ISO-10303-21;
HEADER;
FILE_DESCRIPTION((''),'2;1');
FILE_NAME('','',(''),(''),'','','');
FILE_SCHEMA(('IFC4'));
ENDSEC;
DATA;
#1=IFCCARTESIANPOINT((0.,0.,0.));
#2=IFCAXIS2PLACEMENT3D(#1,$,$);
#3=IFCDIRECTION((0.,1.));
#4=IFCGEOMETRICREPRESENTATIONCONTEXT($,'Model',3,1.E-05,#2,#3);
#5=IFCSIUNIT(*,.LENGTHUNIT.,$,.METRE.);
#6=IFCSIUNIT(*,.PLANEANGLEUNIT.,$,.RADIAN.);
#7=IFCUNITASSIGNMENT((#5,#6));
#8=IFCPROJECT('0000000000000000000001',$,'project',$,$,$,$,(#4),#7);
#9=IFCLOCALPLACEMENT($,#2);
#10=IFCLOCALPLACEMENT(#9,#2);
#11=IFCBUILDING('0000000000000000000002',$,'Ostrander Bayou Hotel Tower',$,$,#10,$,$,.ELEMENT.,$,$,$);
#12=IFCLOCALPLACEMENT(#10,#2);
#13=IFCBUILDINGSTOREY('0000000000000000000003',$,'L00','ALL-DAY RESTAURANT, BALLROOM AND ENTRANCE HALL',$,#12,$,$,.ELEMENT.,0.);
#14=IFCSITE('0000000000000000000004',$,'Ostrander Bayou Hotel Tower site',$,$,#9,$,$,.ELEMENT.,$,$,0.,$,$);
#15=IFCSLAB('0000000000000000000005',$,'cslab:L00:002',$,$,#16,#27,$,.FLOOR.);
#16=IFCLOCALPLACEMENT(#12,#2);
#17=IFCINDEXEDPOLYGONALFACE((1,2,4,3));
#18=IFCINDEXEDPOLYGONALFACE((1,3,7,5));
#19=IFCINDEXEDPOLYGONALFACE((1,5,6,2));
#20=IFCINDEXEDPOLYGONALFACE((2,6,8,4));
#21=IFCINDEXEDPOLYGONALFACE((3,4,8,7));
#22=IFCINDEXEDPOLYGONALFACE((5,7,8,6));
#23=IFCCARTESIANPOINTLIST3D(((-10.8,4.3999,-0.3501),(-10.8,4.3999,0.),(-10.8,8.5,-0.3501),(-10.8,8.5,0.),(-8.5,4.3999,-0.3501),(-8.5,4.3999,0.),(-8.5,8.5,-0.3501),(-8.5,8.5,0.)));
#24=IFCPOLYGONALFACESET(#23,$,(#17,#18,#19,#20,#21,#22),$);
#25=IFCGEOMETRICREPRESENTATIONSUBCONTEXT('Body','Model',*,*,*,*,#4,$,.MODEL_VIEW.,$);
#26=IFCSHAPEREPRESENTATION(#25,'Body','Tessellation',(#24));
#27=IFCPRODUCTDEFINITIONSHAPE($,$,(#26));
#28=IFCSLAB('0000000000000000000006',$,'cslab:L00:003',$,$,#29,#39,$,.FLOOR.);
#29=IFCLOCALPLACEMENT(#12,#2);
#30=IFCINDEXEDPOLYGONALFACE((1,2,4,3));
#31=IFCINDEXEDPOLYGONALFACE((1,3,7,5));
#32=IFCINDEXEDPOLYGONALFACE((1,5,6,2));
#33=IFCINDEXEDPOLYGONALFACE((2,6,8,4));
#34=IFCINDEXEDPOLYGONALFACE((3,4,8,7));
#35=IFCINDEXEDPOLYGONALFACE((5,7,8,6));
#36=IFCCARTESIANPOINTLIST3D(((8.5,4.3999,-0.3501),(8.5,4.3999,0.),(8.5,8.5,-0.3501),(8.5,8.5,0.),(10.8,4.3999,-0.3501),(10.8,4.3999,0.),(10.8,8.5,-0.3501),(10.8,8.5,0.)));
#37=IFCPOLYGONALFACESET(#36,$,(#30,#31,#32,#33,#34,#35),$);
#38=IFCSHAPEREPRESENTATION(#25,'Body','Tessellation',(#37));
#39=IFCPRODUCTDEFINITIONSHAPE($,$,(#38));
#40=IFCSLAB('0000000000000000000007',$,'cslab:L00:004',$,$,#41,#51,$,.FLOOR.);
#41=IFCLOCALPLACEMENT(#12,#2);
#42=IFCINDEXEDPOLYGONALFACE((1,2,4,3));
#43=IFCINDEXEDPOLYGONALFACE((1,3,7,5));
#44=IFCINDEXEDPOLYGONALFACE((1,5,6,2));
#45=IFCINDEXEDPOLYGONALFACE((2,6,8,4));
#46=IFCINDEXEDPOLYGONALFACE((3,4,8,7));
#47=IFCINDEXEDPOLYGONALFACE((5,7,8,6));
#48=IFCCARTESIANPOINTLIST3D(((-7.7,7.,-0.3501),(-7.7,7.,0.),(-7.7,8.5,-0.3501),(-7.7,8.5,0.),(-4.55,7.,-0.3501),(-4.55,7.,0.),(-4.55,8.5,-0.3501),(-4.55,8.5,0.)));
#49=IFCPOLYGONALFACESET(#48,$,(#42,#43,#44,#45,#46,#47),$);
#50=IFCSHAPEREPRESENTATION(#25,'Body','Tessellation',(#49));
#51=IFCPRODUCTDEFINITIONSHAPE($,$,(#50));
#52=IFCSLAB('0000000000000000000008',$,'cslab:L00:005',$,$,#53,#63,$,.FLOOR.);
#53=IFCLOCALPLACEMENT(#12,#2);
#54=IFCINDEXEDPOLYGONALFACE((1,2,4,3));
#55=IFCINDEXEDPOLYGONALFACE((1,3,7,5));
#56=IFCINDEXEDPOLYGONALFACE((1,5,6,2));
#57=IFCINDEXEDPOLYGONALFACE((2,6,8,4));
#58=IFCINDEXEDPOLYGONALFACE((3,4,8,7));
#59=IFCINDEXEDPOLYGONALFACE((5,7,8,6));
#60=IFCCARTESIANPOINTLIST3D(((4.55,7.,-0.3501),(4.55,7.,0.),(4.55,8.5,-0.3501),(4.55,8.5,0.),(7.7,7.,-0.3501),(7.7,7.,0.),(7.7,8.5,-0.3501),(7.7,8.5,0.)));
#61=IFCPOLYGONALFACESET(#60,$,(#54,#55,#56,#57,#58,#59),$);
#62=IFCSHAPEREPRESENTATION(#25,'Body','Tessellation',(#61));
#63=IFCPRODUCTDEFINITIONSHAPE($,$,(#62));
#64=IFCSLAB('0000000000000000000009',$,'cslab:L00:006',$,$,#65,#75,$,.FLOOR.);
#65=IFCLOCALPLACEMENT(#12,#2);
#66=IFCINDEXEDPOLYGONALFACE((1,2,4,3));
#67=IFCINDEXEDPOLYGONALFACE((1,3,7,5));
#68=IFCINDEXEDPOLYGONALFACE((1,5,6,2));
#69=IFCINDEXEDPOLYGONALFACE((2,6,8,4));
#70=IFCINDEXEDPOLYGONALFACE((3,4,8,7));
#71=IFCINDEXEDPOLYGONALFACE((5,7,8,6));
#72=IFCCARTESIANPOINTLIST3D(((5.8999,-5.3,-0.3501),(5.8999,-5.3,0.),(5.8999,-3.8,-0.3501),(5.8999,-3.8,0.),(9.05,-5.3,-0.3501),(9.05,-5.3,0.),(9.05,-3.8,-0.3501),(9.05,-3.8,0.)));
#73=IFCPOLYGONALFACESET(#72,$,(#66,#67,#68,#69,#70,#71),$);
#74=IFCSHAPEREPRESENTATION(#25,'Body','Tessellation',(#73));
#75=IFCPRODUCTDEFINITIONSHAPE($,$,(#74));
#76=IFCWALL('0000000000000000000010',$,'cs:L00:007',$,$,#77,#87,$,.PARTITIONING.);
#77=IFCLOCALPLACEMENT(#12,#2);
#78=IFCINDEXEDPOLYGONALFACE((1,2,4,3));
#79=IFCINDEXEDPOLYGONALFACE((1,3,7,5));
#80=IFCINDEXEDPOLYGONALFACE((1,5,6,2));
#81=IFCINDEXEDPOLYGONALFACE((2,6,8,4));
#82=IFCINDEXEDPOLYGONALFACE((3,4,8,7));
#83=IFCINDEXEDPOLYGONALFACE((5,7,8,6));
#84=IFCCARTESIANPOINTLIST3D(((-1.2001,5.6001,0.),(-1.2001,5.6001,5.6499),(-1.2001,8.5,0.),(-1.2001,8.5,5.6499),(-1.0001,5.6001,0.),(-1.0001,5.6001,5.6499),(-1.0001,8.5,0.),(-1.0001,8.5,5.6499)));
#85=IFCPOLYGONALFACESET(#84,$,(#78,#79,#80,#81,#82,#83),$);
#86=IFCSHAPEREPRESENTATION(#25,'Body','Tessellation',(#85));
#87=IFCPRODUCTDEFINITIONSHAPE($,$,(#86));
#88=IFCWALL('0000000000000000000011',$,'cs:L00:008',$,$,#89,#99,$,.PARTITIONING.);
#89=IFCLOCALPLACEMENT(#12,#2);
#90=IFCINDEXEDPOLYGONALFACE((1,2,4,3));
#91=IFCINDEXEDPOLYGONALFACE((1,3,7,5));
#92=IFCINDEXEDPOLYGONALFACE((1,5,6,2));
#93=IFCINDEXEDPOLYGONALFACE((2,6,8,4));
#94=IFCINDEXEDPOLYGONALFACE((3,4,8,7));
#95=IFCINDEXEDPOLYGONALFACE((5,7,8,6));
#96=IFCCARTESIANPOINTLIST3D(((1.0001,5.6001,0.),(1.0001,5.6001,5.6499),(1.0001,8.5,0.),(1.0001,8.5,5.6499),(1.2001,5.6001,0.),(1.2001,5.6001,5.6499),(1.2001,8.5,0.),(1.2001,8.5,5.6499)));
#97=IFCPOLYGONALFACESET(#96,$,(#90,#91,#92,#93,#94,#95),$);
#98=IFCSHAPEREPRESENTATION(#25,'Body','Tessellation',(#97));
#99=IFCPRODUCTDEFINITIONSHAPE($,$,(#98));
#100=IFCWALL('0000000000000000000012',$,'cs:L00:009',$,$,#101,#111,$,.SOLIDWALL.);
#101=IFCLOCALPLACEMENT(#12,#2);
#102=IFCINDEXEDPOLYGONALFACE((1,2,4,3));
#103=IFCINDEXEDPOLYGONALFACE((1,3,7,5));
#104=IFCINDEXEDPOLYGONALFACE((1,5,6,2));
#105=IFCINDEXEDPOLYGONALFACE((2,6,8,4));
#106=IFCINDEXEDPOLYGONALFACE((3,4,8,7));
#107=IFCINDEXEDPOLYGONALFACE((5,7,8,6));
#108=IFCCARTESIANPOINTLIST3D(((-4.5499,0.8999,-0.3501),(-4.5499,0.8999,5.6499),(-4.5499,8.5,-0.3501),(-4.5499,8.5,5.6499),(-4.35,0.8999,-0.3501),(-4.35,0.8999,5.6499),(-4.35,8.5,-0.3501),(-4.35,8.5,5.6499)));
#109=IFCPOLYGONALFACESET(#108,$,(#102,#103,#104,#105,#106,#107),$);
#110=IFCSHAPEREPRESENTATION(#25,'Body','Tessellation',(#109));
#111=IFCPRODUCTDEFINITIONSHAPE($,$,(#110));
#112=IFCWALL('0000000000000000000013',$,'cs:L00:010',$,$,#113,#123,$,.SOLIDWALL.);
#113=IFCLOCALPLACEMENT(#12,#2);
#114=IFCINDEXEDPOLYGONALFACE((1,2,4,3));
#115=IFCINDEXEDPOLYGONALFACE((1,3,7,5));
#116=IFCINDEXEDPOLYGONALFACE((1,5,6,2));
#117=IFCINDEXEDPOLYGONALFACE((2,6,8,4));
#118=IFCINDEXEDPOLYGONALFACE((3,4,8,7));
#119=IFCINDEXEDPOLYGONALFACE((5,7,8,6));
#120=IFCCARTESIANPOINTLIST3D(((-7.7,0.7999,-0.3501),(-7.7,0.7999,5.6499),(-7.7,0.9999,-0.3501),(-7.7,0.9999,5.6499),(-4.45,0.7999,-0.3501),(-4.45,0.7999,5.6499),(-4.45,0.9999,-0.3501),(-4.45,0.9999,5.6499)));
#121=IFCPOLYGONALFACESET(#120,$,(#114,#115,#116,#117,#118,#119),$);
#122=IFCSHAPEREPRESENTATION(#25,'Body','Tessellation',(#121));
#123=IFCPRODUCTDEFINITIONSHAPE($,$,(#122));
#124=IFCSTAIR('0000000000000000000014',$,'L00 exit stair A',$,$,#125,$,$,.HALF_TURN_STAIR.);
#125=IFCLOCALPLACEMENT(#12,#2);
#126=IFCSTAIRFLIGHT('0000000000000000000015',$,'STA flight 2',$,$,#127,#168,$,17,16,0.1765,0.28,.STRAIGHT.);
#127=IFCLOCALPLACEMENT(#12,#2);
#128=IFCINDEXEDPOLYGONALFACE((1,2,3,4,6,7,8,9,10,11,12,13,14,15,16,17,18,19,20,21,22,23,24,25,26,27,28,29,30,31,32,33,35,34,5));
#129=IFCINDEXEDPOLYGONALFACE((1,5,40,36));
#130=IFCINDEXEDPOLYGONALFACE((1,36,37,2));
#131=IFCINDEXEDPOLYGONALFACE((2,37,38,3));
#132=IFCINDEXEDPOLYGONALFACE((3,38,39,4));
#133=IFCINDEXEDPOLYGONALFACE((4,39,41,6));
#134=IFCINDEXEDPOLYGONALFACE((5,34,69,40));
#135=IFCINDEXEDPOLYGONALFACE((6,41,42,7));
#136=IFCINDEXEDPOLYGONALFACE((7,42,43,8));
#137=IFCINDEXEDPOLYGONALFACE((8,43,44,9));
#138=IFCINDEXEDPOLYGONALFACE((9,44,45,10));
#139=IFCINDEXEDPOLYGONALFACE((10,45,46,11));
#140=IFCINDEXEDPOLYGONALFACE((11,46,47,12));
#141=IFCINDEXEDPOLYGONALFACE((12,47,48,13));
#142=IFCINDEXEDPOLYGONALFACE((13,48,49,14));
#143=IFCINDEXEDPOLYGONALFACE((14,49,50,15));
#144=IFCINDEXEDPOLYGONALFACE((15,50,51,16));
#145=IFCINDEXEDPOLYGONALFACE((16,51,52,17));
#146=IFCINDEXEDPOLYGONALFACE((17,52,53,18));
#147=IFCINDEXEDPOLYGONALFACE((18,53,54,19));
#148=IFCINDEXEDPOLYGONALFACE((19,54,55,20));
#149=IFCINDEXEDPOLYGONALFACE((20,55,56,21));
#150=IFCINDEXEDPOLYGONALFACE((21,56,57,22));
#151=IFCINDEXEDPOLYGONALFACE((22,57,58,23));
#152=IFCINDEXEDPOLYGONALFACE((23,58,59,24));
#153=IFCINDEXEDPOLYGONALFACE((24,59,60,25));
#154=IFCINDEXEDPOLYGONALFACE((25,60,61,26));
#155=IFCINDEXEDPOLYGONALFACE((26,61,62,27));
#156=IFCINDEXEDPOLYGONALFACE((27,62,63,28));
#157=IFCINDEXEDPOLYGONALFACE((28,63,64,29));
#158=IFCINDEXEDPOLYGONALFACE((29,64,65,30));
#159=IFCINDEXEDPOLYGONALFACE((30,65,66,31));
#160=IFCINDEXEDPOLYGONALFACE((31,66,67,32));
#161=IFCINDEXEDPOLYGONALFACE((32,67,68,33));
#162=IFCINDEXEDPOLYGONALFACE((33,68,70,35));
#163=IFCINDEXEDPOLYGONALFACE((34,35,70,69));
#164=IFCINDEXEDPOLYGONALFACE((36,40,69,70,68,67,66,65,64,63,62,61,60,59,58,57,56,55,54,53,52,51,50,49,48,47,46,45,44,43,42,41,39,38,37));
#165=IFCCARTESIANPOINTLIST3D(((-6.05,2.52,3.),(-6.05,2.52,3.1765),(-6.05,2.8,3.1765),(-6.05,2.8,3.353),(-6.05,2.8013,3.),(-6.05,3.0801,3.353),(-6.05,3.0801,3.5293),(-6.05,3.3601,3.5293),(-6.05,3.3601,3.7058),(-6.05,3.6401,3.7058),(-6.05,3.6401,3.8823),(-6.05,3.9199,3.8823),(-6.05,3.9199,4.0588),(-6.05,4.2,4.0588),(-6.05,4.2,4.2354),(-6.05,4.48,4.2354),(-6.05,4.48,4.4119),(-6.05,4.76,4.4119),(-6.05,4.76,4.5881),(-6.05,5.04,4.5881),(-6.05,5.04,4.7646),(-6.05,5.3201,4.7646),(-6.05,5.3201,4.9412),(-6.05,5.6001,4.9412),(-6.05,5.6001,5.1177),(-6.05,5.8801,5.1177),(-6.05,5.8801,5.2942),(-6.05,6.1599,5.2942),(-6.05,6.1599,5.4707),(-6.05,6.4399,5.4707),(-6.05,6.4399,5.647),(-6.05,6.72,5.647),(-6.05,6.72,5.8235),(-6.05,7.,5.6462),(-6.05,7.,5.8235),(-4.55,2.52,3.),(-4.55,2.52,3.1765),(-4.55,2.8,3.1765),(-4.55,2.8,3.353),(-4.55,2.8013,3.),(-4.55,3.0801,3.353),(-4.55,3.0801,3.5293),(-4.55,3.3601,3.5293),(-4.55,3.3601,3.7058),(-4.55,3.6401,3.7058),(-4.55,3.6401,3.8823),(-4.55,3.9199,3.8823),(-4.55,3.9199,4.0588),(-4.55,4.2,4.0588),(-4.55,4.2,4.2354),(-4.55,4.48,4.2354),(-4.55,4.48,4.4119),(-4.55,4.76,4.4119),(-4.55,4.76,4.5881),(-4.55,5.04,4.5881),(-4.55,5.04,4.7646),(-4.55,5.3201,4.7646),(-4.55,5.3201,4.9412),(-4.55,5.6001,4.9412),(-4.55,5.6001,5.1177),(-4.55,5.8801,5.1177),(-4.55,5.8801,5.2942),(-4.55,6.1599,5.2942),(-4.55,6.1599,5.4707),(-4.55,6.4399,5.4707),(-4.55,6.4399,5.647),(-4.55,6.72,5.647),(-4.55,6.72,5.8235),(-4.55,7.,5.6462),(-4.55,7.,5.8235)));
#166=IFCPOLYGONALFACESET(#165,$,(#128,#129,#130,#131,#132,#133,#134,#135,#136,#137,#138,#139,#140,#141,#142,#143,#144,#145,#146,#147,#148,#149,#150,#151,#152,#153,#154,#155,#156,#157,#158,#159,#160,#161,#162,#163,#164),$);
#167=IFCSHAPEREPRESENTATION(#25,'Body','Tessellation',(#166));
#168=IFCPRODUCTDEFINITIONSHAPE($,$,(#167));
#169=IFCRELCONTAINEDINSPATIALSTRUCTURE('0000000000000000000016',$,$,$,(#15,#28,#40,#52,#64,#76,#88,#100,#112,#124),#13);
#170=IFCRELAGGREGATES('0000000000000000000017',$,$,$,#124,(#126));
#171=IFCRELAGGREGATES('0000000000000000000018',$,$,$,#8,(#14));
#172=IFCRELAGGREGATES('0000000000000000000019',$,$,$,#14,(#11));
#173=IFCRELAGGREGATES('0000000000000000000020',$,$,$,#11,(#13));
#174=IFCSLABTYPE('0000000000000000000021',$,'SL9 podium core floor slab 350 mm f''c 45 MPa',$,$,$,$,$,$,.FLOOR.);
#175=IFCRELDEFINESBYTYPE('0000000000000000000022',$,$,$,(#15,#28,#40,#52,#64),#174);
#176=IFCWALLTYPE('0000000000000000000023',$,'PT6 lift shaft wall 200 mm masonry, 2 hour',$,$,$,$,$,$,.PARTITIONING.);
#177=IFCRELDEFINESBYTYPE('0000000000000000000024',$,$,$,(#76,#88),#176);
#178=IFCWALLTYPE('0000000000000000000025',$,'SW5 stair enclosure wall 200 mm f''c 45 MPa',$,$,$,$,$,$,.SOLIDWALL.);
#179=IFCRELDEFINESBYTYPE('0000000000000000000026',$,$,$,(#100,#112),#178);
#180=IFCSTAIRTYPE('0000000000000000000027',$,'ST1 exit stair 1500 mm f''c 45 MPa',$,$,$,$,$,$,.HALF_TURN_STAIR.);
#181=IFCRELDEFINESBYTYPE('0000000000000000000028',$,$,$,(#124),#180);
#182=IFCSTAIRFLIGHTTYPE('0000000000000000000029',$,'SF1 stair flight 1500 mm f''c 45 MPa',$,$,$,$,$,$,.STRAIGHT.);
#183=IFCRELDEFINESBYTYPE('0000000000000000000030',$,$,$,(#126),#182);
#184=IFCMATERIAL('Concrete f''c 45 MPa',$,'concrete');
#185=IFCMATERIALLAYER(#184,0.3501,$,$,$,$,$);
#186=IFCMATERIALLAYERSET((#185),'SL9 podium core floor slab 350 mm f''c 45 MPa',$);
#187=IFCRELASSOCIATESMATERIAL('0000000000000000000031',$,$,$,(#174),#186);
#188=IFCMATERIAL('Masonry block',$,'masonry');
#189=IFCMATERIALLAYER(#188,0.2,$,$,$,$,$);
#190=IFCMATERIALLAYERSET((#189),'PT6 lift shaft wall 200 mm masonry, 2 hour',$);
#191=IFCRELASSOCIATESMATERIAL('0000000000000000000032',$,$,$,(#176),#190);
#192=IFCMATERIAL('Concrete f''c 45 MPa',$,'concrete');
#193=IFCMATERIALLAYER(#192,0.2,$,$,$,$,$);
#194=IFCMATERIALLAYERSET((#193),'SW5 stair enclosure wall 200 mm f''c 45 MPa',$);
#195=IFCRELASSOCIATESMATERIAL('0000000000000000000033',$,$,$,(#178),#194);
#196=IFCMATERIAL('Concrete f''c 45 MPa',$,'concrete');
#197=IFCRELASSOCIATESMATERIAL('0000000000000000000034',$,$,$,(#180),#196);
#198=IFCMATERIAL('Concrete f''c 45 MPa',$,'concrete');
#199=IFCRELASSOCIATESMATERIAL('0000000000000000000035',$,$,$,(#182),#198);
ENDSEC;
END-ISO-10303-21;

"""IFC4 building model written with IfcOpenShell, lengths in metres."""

from ifc_helpers import new_model, si_unit, direction, frame, frame_2d, origin, place, context, subcontext, project, spatial, polyline, rectangle, outline, extrude, material, layer, layer_set, type_object, element, aggregate, save


model = new_model("IFC4")

# Units and contexts
model_context = context("Model", 3, precision=1e-05, world=origin(), true_north=direction((0.0, 1.0)))
body_context = subcontext(model_context, "Body", "Model", "MODEL_VIEW")
ifc_project = project(units=[si_unit("LENGTHUNIT", "METRE"), si_unit("PLANEANGLEUNIT", "RADIAN")], contexts=[model_context])

# Site, building, storey
site_placement = place(None, origin())
site = spatial("IfcSite", under=ifc_project, at=site_placement, Name="Ostrander Bayou Hotel Tower site", CompositionType="ELEMENT", RefElevation=0.0)
building_placement = place(site_placement, origin())
building = spatial("IfcBuilding", under=site, at=building_placement, Name="Ostrander Bayou Hotel Tower", CompositionType="ELEMENT")
storey_placement = place(building_placement, origin())
storey = spatial("IfcBuildingStorey", under=building, at=storey_placement, Name="L00", Description="ALL-DAY RESTAURANT, BALLROOM AND ENTRANCE HALL", CompositionType="ELEMENT", Elevation=0.0)

# Slabs
ifc_material_1 = material(Name="Concrete f'c 45 MPa", Category="concrete")
ifc_layer_1 = layer(ifc_material_1, 0.3501)
ifc_layer_set_1 = layer_set([ifc_layer_1], Name="SL9 podium core floor slab 350 mm f'c 45 MPa")
slab_type = type_object("IfcSlabType", Name="SL9 podium core floor slab 350 mm f'c 45 MPa", PredefinedType="FLOOR", material=ifc_layer_set_1)
slab_1_placement = place(storey_placement, frame((0.0, 0.0, -0.3501)))
element("IfcSlab", 1, at=slab_1_placement, inside=storey, type_object=slab_type, Name="cslab:L00:002", PredefinedType="FLOOR", context=body_context, shape_type="SweptSolid", body=[
    extrude(outline(polyline([(-8.5, 4.3999), (-8.5, 8.5), (-10.8, 8.5), (-10.8, 4.3999), (-8.5, 4.3999)])), origin(), (0.0, 0.0, 1.0), 0.3501),
])
slab_2_placement = place(storey_placement, frame((0.0, 0.0, -0.3501)))
element("IfcSlab", 2, at=slab_2_placement, inside=storey, type_object=slab_type, Name="cslab:L00:003", PredefinedType="FLOOR", context=body_context, shape_type="SweptSolid", body=[
    extrude(outline(polyline([(10.8, 4.3999), (10.8, 8.5), (8.5, 8.5), (8.5, 4.3999), (10.8, 4.3999)])), origin(), (0.0, 0.0, 1.0), 0.3501),
])
slab_3_placement = place(storey_placement, frame((0.0, 0.0, -0.3501)))
element("IfcSlab", 3, at=slab_3_placement, inside=storey, type_object=slab_type, Name="cslab:L00:004", PredefinedType="FLOOR", context=body_context, shape_type="SweptSolid", body=[
    extrude(outline(polyline([(-4.55, 7.0), (-4.55, 8.5), (-7.7, 8.5), (-7.7, 7.0), (-4.55, 7.0)])), origin(), (0.0, 0.0, 1.0), 0.3501),
])
slab_4_placement = place(storey_placement, frame((0.0, 0.0, -0.3501)))
element("IfcSlab", 4, at=slab_4_placement, inside=storey, type_object=slab_type, Name="cslab:L00:005", PredefinedType="FLOOR", context=body_context, shape_type="SweptSolid", body=[
    extrude(outline(polyline([(7.7, 7.0), (7.7, 8.5), (4.55, 8.5), (4.55, 7.0), (7.7, 7.0)])), origin(), (0.0, 0.0, 1.0), 0.3501),
])
slab_5_placement = place(storey_placement, frame((0.0, 0.0, -0.3501)))
element("IfcSlab", 5, at=slab_5_placement, inside=storey, type_object=slab_type, Name="cslab:L00:006", PredefinedType="FLOOR", context=body_context, shape_type="SweptSolid", body=[
    extrude(outline(polyline([(9.05, -5.3), (9.05, -3.8), (5.8999, -3.8), (5.8999, -5.3), (9.05, -5.3)])), origin(), (0.0, 0.0, 1.0), 0.3501),
])

# Shared definitions
ifc_material_2 = material(Name="Masonry block", Category="masonry")
ifc_layer_2 = layer(ifc_material_2, 0.2)
ifc_layer_set_2 = layer_set([ifc_layer_2], Name="PT6 lift shaft wall 200 mm masonry, 2 hour")
wall_type_1 = type_object("IfcWallType", Name="PT6 lift shaft wall 200 mm masonry, 2 hour", PredefinedType="PARTITIONING", material=ifc_layer_set_2)

# Walls
for number, where, z_axis, x_axis, name in (
    (6, (-1.1001, 5.6001, 0.0), (0.0, 0.0, 1.0), (0.0, 1.0, 0.0), "cs:L00:007"),
    (7, (1.1001, 5.6001, 0.0), (0.0, 0.0, 1.0), (0.0, 1.0, 0.0), "cs:L00:008"),
):
    element("IfcWall", number, at=place(storey_placement, frame(where, z_axis=z_axis, x_axis=x_axis)), inside=storey, type_object=wall_type_1, Name=name, PredefinedType="PARTITIONING", context=body_context, shape_type="SweptSolid", body=[
        extrude(rectangle(XDim=2.8999, YDim=0.2, at=frame_2d((1.45, 0.0))), origin(), (0.0, 0.0, 1.0), 5.6499),
    ])
ifc_material_3 = material(Name="Concrete f'c 45 MPa", Category="concrete")
ifc_layer_3 = layer(ifc_material_3, 0.2)
ifc_layer_set_3 = layer_set([ifc_layer_3], Name="SW5 stair enclosure wall 200 mm f'c 45 MPa")
wall_type_2 = type_object("IfcWallType", Name="SW5 stair enclosure wall 200 mm f'c 45 MPa", PredefinedType="SOLIDWALL", material=ifc_layer_set_3)
wall_1_placement = place(storey_placement, frame((-4.45, 0.8999, -0.3501), z_axis=(0.0, 0.0, 1.0), x_axis=(0.0, 1.0, 0.0)))
element("IfcWall", 8, at=wall_1_placement, inside=storey, type_object=wall_type_2, Name="cs:L00:009", PredefinedType="SOLIDWALL", context=body_context, shape_type="SweptSolid", body=[
    extrude(rectangle(XDim=7.6001, YDim=0.2, at=frame_2d((3.8, 0.0))), origin(), (0.0, 0.0, 1.0), 6.0),
])
wall_2_placement = place(storey_placement, frame((-7.7, 0.8999, -0.3501), z_axis=(0.0, 0.0, 1.0), x_axis=(1.0, 0.0, 0.0)))
element("IfcWall", 9, at=wall_2_placement, inside=storey, type_object=wall_type_2, Name="cs:L00:010", PredefinedType="SOLIDWALL", context=body_context, shape_type="SweptSolid", body=[
    extrude(rectangle(XDim=3.25, YDim=0.2, at=frame_2d((1.625, 0.0))), origin(), (0.0, 0.0, 1.0), 6.0),
])

# Stair, stair flight
ifc_material_4 = material(Name="Concrete f'c 45 MPa", Category="concrete")
stair_type = type_object("IfcStairType", Name="ST1 exit stair 1500 mm f'c 45 MPa", PredefinedType="HALF_TURN_STAIR", material=ifc_material_4)
stair_placement = place(storey_placement, origin())
stair = element("IfcStair", 10, at=stair_placement, inside=storey, type_object=stair_type, Name="L00 exit stair A", PredefinedType="HALF_TURN_STAIR")
ifc_material_5 = material(Name="Concrete f'c 45 MPa", Category="concrete")
stair_flight_type = type_object("IfcStairFlightType", Name="SF1 stair flight 1500 mm f'c 45 MPa", PredefinedType="STRAIGHT", material=ifc_material_5)
stair_flight_placement = place(storey_placement, frame((-5.3, 2.52, 3.0), z_axis=(0.0, 0.0, 1.0), x_axis=(0.0, 1.0, 0.0)))
stair_flight = element("IfcStairFlight", 11, at=stair_flight_placement, type_object=stair_flight_type, Name="STA flight 2", NumberOfRisers=17, NumberOfTreads=16, PredefinedType="STRAIGHT", RiserHeight=0.1765, TreadLength=0.28, context=body_context, shape_type="SweptSolid", body=[
    extrude(outline(polyline([(0.0, 0.0), (0.0, 0.1765), (0.28, 0.1765), (0.28, 0.353), (0.5601, 0.353), (0.5601, 0.5293), (0.8401, 0.5293), (0.8401, 0.7058), (1.1201, 0.7058), (1.1201, 0.8823), (1.3999, 0.8823), (1.3999, 1.0588), (1.6799, 1.0588), (1.6799, 1.2354), (1.96, 1.2354), (1.96, 1.4119), (2.24, 1.4119), (2.24, 1.5881), (2.52, 1.5881), (2.52, 1.7646), (2.8, 1.7646), (2.8, 1.9412), (3.0801, 1.9412), (3.0801, 2.1177), (3.3601, 2.1177), (3.3601, 2.2942), (3.6399, 2.2942), (3.6399, 2.4707), (3.9199, 2.4707), (3.9199, 2.647), (4.2, 2.647), (4.2, 2.8235), (4.48, 2.8235), (4.48, 3.0), (4.48, 2.6462), (0.2812, 0.0), (0.0, 0.0)])), frame((0.0, 0.75, 0.0), z_axis=(0.0, -1.0, 0.0), x_axis=(1.0, 0.0, 0.0)), (0.0, 0.0, 1.0), 1.5),
])
aggregate(stair, [stair_flight])

save(model, "model.ifc")
